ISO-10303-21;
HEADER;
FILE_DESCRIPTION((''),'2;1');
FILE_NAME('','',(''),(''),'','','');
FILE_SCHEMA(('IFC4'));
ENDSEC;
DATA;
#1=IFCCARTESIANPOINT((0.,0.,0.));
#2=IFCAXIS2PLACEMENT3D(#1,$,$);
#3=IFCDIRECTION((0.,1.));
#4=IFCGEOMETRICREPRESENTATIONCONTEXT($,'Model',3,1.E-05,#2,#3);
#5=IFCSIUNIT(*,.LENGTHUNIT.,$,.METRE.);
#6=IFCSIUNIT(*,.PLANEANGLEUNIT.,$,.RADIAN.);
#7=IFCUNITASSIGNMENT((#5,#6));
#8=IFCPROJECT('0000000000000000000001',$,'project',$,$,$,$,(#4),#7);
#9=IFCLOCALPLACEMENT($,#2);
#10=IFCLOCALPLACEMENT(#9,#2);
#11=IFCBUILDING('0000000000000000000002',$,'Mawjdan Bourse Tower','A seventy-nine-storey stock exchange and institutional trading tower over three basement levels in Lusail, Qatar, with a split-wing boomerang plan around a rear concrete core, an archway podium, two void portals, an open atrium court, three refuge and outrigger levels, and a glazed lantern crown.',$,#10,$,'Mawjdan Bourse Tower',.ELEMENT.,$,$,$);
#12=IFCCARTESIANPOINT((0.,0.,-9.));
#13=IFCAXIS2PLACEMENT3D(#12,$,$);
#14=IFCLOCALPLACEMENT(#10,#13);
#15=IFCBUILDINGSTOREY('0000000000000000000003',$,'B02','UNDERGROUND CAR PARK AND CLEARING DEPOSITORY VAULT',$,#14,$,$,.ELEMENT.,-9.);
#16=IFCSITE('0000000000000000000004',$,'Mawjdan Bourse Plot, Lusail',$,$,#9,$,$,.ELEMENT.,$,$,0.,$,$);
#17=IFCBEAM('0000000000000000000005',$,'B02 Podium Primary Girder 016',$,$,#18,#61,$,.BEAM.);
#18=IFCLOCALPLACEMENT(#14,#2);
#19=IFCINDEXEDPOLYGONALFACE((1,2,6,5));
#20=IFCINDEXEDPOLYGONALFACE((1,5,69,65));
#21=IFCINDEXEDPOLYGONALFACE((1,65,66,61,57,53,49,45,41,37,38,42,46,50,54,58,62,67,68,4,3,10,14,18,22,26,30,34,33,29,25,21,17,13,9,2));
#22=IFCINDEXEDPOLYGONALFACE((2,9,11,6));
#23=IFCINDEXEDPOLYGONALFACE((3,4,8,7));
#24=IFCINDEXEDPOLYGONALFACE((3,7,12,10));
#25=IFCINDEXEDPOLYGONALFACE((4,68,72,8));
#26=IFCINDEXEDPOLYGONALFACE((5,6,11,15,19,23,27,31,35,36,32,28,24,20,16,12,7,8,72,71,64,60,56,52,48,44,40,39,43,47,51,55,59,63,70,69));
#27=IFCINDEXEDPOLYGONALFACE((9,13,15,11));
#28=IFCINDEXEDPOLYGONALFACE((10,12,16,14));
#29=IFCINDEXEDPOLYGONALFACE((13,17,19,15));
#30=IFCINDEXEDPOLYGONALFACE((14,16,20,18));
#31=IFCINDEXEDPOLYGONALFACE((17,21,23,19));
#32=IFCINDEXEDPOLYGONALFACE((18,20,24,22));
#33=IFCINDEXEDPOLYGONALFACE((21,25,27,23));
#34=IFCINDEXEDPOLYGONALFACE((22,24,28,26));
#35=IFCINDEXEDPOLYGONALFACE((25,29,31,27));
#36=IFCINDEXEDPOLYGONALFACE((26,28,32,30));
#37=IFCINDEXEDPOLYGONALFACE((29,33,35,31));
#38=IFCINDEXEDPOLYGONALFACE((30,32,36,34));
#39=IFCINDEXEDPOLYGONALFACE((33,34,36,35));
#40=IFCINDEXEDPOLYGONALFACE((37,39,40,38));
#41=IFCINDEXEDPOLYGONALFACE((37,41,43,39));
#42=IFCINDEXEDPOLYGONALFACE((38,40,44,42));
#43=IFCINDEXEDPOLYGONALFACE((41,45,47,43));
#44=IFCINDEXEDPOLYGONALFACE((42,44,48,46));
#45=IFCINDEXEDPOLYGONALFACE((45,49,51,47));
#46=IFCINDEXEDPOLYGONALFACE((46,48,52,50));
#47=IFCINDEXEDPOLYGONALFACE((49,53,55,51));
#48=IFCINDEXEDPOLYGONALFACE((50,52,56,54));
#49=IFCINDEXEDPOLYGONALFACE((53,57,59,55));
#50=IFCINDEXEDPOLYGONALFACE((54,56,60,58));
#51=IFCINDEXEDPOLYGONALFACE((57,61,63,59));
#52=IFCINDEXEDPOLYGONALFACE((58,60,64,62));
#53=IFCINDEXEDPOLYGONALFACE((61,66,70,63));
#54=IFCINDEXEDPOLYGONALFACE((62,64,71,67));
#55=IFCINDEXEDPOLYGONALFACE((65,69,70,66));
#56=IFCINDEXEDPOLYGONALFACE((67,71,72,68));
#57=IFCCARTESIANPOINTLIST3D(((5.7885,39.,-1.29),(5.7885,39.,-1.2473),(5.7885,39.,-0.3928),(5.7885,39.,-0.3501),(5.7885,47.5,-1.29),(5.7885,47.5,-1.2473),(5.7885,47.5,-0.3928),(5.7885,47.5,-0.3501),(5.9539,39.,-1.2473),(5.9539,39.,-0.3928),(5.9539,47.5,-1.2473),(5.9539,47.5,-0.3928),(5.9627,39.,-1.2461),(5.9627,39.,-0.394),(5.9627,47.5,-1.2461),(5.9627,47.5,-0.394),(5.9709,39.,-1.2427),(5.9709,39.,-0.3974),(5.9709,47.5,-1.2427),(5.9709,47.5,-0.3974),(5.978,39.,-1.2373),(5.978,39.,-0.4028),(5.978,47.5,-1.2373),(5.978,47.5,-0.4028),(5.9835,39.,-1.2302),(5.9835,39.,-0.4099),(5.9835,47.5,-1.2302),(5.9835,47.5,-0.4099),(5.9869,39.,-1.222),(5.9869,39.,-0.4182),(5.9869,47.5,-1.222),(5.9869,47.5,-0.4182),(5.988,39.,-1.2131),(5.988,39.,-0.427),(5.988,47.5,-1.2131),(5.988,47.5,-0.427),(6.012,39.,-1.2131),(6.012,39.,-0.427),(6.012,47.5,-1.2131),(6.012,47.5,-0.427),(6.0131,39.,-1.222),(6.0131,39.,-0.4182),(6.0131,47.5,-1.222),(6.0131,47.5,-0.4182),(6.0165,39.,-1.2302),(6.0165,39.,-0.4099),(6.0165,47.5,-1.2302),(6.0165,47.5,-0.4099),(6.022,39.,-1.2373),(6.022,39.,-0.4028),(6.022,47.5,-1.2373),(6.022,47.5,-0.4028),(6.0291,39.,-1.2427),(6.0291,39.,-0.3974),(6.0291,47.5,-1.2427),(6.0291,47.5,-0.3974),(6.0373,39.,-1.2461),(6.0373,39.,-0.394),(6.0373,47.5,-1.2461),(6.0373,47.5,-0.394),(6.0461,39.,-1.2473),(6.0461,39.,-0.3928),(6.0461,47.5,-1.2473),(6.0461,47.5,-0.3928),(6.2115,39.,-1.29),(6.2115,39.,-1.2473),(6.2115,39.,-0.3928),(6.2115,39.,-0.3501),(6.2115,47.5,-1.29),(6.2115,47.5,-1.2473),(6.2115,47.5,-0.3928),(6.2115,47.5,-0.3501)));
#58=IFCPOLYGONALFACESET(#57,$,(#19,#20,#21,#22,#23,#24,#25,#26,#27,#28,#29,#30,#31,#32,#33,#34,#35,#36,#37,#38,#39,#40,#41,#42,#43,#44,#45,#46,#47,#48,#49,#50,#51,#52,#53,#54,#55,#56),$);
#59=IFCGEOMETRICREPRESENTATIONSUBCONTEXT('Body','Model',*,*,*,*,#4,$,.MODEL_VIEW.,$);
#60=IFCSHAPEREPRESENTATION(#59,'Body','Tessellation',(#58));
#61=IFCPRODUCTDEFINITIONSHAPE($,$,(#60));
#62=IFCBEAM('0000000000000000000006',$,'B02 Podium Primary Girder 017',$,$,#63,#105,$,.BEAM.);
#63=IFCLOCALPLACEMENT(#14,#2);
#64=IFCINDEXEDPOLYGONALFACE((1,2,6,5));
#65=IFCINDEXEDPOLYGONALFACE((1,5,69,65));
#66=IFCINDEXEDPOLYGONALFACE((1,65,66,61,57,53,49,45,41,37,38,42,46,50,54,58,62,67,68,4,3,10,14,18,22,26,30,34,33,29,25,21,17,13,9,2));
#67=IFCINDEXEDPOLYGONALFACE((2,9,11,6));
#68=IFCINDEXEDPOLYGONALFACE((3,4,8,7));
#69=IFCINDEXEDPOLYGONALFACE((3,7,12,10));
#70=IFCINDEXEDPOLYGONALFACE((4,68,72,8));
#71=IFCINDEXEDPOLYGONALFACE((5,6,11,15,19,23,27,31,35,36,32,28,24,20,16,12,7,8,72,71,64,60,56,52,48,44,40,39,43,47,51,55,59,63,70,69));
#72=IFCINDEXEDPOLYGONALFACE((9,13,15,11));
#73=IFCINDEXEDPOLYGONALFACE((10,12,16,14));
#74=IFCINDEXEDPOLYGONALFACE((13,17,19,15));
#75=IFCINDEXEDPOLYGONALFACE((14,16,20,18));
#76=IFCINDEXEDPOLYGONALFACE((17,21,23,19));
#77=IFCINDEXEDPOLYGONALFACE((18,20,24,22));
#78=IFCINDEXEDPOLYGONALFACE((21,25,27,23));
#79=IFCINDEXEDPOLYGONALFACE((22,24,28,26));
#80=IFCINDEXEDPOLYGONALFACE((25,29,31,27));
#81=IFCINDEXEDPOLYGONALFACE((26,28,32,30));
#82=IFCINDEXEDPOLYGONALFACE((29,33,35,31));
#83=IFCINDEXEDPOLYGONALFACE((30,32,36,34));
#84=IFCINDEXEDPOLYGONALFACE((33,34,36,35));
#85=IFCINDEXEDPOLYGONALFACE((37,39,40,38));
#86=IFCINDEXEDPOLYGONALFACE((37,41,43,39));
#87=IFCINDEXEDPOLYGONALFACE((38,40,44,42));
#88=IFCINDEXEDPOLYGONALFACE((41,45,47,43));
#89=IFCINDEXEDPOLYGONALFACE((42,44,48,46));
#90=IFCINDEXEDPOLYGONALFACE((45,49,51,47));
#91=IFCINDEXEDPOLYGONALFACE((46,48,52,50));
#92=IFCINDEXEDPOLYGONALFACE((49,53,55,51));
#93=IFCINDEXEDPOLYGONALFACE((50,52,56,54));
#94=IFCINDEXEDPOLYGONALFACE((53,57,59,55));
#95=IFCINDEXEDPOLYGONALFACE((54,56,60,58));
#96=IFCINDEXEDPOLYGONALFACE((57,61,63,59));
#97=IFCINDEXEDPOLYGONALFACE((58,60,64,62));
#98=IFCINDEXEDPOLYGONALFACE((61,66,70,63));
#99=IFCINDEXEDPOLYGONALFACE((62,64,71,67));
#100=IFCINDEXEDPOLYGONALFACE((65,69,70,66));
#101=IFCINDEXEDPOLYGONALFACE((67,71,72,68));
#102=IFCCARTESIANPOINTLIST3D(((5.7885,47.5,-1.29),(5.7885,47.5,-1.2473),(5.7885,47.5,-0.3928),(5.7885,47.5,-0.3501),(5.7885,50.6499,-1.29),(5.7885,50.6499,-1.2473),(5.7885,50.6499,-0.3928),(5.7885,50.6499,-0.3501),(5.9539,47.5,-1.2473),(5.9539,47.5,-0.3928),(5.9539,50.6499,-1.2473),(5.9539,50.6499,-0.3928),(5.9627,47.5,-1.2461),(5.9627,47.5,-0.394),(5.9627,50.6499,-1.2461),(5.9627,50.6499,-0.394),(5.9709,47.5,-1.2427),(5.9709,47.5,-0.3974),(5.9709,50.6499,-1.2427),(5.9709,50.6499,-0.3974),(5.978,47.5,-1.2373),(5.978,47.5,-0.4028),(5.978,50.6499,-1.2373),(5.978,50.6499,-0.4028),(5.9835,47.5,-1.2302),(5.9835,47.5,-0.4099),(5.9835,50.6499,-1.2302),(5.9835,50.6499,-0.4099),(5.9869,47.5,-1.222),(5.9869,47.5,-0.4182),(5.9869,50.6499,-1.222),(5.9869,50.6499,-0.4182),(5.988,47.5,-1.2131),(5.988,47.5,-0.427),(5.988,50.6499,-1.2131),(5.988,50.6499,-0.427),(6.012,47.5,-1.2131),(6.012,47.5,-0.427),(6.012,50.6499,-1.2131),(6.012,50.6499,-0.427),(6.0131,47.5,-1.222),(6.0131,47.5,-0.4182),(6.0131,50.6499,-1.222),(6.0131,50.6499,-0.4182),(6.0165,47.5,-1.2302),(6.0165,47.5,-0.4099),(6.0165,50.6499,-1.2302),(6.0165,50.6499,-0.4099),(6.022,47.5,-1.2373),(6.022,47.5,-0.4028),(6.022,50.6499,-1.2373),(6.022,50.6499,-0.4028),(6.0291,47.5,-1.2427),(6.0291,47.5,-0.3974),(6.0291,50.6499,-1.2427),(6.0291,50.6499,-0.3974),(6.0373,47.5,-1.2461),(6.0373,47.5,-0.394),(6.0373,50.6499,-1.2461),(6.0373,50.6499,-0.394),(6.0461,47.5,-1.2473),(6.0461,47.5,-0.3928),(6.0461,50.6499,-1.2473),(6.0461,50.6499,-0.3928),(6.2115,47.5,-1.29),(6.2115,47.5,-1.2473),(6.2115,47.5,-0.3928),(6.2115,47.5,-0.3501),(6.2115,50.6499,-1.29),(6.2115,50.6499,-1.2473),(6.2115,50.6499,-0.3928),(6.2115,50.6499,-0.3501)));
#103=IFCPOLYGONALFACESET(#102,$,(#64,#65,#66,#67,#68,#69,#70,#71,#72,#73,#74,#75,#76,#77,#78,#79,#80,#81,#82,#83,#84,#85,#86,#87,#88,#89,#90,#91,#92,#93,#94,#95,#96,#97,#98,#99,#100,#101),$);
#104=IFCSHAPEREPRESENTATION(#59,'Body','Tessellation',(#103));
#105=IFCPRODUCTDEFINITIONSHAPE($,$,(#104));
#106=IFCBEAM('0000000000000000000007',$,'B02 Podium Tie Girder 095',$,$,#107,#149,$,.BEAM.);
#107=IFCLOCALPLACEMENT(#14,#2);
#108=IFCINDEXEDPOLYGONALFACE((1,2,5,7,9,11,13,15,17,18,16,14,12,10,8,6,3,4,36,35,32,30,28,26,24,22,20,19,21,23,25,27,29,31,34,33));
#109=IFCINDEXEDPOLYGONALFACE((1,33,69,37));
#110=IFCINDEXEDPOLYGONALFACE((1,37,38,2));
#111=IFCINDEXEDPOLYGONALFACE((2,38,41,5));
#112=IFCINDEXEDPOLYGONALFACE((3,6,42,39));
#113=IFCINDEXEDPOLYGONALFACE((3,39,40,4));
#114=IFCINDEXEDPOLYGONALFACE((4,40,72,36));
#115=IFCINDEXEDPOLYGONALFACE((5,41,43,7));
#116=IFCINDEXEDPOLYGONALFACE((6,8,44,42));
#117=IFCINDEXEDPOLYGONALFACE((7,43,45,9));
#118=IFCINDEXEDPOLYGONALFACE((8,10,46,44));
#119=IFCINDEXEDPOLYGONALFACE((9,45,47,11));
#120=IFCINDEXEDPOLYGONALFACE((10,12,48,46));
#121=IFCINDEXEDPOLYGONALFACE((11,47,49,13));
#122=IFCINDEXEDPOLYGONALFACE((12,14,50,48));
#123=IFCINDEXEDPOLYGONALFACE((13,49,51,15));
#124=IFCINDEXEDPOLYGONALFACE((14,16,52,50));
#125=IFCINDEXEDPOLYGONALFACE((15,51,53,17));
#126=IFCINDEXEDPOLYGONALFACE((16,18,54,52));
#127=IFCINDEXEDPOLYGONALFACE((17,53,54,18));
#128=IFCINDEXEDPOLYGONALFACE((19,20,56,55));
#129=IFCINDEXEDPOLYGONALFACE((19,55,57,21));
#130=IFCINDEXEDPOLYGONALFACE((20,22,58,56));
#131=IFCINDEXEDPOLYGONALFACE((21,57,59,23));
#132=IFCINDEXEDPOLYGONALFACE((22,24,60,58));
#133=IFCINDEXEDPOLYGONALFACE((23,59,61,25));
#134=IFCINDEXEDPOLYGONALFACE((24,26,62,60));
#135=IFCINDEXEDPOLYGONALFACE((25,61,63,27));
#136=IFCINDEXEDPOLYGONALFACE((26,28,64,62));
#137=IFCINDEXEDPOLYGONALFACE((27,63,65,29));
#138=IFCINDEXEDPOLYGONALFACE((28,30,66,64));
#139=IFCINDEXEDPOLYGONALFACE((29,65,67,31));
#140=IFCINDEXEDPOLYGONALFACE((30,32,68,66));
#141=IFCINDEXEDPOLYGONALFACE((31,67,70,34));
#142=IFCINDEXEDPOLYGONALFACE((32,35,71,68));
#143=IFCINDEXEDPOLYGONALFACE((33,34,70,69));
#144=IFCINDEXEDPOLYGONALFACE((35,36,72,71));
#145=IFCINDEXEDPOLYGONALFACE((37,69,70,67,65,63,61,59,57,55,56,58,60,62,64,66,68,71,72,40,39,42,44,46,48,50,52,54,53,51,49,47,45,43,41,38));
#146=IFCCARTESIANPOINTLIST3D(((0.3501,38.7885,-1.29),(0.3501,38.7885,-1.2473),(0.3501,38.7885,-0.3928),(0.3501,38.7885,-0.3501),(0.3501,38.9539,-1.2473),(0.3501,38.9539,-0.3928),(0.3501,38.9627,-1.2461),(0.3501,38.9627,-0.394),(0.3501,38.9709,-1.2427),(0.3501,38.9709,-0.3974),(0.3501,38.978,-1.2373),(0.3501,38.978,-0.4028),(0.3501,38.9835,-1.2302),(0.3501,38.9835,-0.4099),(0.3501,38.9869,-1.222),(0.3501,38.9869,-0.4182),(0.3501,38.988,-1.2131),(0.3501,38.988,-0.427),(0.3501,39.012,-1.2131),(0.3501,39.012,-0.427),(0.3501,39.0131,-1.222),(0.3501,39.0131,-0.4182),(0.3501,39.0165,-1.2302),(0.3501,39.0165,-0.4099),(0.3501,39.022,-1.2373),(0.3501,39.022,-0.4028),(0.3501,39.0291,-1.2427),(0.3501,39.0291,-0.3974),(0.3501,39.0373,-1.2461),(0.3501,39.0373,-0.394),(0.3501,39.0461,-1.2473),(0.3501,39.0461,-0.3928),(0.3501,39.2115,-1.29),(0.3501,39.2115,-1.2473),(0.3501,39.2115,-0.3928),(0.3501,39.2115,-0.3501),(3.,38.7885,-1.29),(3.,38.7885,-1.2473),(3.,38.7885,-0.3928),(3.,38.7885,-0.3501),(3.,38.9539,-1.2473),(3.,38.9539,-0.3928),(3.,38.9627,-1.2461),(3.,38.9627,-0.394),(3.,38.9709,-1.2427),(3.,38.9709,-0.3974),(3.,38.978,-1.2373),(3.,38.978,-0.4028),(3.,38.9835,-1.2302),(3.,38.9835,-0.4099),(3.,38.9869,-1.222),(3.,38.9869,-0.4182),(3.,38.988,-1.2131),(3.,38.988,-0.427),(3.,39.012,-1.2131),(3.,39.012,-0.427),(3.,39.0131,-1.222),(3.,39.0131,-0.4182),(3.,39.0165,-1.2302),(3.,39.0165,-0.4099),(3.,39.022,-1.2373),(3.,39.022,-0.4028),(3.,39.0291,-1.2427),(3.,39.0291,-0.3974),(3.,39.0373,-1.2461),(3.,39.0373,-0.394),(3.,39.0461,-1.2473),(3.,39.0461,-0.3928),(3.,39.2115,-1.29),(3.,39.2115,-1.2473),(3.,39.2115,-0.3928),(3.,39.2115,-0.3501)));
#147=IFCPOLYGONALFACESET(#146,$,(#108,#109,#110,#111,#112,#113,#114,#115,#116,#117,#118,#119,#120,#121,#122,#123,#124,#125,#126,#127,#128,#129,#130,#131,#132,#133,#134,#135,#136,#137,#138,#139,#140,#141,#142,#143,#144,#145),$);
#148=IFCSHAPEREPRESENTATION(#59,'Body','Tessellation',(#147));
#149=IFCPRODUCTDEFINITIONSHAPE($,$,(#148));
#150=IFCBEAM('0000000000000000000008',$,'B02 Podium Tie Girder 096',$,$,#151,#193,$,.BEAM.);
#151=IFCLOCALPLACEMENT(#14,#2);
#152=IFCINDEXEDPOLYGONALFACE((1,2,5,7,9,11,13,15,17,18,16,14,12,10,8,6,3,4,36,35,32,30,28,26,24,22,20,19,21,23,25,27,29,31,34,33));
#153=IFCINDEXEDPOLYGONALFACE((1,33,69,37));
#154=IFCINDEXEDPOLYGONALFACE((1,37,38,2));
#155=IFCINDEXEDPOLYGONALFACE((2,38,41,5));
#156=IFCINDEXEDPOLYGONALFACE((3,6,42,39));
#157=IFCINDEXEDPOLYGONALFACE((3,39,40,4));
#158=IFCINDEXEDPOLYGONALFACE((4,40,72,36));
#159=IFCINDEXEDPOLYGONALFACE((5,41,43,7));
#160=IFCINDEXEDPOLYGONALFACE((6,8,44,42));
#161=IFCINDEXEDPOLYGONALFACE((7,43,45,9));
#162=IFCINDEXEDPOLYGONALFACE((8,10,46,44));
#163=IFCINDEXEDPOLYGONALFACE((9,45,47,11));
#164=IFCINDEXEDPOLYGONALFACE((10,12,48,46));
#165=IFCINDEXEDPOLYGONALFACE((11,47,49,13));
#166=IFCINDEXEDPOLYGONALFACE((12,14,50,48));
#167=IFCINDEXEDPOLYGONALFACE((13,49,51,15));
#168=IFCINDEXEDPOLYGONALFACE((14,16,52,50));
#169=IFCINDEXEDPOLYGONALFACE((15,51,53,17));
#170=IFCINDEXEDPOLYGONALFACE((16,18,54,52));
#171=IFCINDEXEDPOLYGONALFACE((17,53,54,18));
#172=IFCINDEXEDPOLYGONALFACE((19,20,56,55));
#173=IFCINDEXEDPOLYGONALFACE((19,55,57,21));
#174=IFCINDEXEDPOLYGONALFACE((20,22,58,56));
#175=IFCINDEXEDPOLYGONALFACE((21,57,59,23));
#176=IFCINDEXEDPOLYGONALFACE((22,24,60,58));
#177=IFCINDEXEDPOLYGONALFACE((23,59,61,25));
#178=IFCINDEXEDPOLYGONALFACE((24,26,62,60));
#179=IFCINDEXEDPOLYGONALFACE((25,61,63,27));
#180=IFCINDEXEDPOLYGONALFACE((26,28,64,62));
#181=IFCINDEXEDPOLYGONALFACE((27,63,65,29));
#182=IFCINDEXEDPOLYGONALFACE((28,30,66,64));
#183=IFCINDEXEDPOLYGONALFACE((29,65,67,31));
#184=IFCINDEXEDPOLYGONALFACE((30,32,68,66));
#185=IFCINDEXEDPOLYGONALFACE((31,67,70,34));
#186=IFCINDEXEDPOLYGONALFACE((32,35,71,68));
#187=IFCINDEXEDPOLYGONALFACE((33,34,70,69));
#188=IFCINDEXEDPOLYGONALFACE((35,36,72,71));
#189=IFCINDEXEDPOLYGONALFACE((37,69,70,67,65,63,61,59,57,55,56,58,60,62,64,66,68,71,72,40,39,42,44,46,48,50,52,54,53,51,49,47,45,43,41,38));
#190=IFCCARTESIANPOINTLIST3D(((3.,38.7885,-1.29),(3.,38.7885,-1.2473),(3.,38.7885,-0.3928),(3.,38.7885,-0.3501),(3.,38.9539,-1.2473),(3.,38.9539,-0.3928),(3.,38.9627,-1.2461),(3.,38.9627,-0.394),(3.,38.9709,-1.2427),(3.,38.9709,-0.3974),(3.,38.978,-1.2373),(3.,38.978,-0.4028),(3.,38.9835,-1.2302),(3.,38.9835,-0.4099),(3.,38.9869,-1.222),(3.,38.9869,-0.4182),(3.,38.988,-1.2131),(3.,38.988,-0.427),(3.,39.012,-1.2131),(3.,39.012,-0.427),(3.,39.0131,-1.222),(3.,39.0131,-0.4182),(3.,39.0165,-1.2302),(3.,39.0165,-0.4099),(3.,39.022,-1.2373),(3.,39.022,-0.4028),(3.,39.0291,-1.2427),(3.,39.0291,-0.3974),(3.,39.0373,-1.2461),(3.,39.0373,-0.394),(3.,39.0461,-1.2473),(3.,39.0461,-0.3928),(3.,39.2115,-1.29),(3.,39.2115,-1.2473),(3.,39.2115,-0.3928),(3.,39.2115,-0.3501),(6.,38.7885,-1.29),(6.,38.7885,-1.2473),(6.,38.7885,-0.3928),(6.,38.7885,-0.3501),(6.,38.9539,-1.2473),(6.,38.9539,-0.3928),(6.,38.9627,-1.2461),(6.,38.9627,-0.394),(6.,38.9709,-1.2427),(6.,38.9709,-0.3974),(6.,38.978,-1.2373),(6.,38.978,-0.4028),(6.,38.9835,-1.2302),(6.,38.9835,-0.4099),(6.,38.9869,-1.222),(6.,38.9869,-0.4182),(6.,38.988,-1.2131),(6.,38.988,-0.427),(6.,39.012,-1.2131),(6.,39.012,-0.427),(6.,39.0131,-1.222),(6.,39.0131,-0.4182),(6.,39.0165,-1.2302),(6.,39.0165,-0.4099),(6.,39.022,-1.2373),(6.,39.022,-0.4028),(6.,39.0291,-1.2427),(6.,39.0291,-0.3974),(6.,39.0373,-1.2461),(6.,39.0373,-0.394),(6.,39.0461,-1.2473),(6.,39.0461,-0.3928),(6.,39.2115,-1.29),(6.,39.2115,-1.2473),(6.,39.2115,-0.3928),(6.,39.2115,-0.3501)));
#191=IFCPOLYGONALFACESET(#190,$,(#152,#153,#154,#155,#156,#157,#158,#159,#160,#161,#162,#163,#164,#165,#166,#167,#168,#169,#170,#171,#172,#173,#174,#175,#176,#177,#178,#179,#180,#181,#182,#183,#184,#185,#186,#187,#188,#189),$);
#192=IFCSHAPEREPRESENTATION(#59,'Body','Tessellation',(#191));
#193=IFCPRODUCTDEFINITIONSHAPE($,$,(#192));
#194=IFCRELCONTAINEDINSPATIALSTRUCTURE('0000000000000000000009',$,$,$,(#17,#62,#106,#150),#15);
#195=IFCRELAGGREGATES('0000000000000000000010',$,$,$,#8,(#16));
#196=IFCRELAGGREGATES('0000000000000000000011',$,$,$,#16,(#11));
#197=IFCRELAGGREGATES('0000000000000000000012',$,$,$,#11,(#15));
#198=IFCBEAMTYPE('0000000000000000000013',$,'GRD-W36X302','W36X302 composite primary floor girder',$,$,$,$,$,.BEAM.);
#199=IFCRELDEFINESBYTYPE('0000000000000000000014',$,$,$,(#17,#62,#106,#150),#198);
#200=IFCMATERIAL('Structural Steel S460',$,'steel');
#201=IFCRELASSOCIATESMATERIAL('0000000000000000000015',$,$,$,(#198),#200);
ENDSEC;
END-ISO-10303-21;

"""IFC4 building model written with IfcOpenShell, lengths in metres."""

from ifc_helpers import new_model, si_unit, direction, frame, origin, origin_2d, place, context, subcontext, project, spatial, i_section, extrude, material, material_profile, profile_set, type_object, element, save


model = new_model("IFC4")

# Units and contexts
model_context = context("Model", 3, precision=1e-05, world=origin(), true_north=direction((0.0, 1.0)))
body_context = subcontext(model_context, "Body", "Model", "MODEL_VIEW")
ifc_project = project(units=[si_unit("LENGTHUNIT", "METRE"), si_unit("PLANEANGLEUNIT", "RADIAN")], contexts=[model_context])

# Site, building, storey
site_placement = place(None, origin())
site = spatial("IfcSite", under=ifc_project, at=site_placement, Name="Mawjdan Bourse Plot, Lusail", CompositionType="ELEMENT", RefElevation=0.0)
building_placement = place(site_placement, origin())
building = spatial("IfcBuilding", under=site, at=building_placement, Name="Mawjdan Bourse Tower", Description="A seventy-nine-storey stock exchange and institutional trading tower over three basement levels in Lusail, Qatar, with a split-wing boomerang plan around a rear concrete core, an archway podium, two void portals, an open atrium court, three refuge and outrigger levels, and a glazed lantern crown.", LongName="Mawjdan Bourse Tower", CompositionType="ELEMENT")
storey_placement = place(building_placement, frame((0.0, 0.0, -9.0)))
storey = spatial("IfcBuildingStorey", under=building, at=storey_placement, Name="B02", Description="UNDERGROUND CAR PARK AND CLEARING DEPOSITORY VAULT", CompositionType="ELEMENT", Elevation=-9.0)

# Beams
ifc_material_1 = material(Name="Structural Steel S460", Category="steel")
ifc_material_profile_1 = material_profile(ifc_material_1, i_section(OverallWidth=0.4231, OverallDepth=0.9399, WebThickness=0.0239, FlangeThickness=0.0427, FilletRadius=0.0342, at=origin_2d()), Name="W36X302")
ifc_profile_set_1 = profile_set([ifc_material_profile_1], Name="Structural Steel S460")
beam_type_1 = type_object("IfcBeamType", Name="GRD-W36X302", Description="W36X302 composite primary floor girder", PredefinedType="BEAM", material=ifc_profile_set_1)
beam_1_placement = place(storey_placement, frame((6.0, 39.0, -0.8201), z_axis=(0.0, 1.0, 0.0), x_axis=(-1.0, 0.0, 0.0)))
element("IfcBeam", 1, at=beam_1_placement, inside=storey, type_object=beam_type_1, Name="B02 Podium Primary Girder 016", PredefinedType="BEAM", context=body_context, shape_type="SweptSolid", body=[
    extrude(i_section(OverallWidth=0.4231, OverallDepth=0.9399, WebThickness=0.0239, FlangeThickness=0.0427, FilletRadius=0.0342, at=origin_2d()), origin(), (0.0, 0.0, 1.0), 8.5),
])
beam_2_placement = place(storey_placement, frame((6.0, 47.5, -0.8201), z_axis=(0.0, 1.0, 0.0), x_axis=(-1.0, 0.0, 0.0)))
element("IfcBeam", 2, at=beam_2_placement, inside=storey, type_object=beam_type_1, Name="B02 Podium Primary Girder 017", PredefinedType="BEAM", context=body_context, shape_type="SweptSolid", body=[
    extrude(i_section(OverallWidth=0.4231, OverallDepth=0.9399, WebThickness=0.0239, FlangeThickness=0.0427, FilletRadius=0.0342, at=origin_2d()), origin(), (0.0, 0.0, 1.0), 3.1499),
])
beam_3_placement = place(storey_placement, frame((0.3501, 39.0, -0.8201), z_axis=(1.0, 0.0, 0.0), x_axis=(0.0, 1.0, 0.0)))
element("IfcBeam", 3, at=beam_3_placement, inside=storey, type_object=beam_type_1, Name="B02 Podium Tie Girder 095", PredefinedType="BEAM", context=body_context, shape_type="SweptSolid", body=[
    extrude(i_section(OverallWidth=0.4231, OverallDepth=0.9399, WebThickness=0.0239, FlangeThickness=0.0427, FilletRadius=0.0342, at=origin_2d()), origin(), (0.0, 0.0, 1.0), 2.6499),
])
beam_4_placement = place(storey_placement, frame((3.0, 39.0, -0.8201), z_axis=(1.0, 0.0, 0.0), x_axis=(0.0, 1.0, 0.0)))
element("IfcBeam", 4, at=beam_4_placement, inside=storey, type_object=beam_type_1, Name="B02 Podium Tie Girder 096", PredefinedType="BEAM", context=body_context, shape_type="SweptSolid", body=[
    extrude(i_section(OverallWidth=0.4231, OverallDepth=0.9399, WebThickness=0.0239, FlangeThickness=0.0427, FilletRadius=0.0342, at=origin_2d()), origin(), (0.0, 0.0, 1.0), 3.0),
])

save(model, "model.ifc")
